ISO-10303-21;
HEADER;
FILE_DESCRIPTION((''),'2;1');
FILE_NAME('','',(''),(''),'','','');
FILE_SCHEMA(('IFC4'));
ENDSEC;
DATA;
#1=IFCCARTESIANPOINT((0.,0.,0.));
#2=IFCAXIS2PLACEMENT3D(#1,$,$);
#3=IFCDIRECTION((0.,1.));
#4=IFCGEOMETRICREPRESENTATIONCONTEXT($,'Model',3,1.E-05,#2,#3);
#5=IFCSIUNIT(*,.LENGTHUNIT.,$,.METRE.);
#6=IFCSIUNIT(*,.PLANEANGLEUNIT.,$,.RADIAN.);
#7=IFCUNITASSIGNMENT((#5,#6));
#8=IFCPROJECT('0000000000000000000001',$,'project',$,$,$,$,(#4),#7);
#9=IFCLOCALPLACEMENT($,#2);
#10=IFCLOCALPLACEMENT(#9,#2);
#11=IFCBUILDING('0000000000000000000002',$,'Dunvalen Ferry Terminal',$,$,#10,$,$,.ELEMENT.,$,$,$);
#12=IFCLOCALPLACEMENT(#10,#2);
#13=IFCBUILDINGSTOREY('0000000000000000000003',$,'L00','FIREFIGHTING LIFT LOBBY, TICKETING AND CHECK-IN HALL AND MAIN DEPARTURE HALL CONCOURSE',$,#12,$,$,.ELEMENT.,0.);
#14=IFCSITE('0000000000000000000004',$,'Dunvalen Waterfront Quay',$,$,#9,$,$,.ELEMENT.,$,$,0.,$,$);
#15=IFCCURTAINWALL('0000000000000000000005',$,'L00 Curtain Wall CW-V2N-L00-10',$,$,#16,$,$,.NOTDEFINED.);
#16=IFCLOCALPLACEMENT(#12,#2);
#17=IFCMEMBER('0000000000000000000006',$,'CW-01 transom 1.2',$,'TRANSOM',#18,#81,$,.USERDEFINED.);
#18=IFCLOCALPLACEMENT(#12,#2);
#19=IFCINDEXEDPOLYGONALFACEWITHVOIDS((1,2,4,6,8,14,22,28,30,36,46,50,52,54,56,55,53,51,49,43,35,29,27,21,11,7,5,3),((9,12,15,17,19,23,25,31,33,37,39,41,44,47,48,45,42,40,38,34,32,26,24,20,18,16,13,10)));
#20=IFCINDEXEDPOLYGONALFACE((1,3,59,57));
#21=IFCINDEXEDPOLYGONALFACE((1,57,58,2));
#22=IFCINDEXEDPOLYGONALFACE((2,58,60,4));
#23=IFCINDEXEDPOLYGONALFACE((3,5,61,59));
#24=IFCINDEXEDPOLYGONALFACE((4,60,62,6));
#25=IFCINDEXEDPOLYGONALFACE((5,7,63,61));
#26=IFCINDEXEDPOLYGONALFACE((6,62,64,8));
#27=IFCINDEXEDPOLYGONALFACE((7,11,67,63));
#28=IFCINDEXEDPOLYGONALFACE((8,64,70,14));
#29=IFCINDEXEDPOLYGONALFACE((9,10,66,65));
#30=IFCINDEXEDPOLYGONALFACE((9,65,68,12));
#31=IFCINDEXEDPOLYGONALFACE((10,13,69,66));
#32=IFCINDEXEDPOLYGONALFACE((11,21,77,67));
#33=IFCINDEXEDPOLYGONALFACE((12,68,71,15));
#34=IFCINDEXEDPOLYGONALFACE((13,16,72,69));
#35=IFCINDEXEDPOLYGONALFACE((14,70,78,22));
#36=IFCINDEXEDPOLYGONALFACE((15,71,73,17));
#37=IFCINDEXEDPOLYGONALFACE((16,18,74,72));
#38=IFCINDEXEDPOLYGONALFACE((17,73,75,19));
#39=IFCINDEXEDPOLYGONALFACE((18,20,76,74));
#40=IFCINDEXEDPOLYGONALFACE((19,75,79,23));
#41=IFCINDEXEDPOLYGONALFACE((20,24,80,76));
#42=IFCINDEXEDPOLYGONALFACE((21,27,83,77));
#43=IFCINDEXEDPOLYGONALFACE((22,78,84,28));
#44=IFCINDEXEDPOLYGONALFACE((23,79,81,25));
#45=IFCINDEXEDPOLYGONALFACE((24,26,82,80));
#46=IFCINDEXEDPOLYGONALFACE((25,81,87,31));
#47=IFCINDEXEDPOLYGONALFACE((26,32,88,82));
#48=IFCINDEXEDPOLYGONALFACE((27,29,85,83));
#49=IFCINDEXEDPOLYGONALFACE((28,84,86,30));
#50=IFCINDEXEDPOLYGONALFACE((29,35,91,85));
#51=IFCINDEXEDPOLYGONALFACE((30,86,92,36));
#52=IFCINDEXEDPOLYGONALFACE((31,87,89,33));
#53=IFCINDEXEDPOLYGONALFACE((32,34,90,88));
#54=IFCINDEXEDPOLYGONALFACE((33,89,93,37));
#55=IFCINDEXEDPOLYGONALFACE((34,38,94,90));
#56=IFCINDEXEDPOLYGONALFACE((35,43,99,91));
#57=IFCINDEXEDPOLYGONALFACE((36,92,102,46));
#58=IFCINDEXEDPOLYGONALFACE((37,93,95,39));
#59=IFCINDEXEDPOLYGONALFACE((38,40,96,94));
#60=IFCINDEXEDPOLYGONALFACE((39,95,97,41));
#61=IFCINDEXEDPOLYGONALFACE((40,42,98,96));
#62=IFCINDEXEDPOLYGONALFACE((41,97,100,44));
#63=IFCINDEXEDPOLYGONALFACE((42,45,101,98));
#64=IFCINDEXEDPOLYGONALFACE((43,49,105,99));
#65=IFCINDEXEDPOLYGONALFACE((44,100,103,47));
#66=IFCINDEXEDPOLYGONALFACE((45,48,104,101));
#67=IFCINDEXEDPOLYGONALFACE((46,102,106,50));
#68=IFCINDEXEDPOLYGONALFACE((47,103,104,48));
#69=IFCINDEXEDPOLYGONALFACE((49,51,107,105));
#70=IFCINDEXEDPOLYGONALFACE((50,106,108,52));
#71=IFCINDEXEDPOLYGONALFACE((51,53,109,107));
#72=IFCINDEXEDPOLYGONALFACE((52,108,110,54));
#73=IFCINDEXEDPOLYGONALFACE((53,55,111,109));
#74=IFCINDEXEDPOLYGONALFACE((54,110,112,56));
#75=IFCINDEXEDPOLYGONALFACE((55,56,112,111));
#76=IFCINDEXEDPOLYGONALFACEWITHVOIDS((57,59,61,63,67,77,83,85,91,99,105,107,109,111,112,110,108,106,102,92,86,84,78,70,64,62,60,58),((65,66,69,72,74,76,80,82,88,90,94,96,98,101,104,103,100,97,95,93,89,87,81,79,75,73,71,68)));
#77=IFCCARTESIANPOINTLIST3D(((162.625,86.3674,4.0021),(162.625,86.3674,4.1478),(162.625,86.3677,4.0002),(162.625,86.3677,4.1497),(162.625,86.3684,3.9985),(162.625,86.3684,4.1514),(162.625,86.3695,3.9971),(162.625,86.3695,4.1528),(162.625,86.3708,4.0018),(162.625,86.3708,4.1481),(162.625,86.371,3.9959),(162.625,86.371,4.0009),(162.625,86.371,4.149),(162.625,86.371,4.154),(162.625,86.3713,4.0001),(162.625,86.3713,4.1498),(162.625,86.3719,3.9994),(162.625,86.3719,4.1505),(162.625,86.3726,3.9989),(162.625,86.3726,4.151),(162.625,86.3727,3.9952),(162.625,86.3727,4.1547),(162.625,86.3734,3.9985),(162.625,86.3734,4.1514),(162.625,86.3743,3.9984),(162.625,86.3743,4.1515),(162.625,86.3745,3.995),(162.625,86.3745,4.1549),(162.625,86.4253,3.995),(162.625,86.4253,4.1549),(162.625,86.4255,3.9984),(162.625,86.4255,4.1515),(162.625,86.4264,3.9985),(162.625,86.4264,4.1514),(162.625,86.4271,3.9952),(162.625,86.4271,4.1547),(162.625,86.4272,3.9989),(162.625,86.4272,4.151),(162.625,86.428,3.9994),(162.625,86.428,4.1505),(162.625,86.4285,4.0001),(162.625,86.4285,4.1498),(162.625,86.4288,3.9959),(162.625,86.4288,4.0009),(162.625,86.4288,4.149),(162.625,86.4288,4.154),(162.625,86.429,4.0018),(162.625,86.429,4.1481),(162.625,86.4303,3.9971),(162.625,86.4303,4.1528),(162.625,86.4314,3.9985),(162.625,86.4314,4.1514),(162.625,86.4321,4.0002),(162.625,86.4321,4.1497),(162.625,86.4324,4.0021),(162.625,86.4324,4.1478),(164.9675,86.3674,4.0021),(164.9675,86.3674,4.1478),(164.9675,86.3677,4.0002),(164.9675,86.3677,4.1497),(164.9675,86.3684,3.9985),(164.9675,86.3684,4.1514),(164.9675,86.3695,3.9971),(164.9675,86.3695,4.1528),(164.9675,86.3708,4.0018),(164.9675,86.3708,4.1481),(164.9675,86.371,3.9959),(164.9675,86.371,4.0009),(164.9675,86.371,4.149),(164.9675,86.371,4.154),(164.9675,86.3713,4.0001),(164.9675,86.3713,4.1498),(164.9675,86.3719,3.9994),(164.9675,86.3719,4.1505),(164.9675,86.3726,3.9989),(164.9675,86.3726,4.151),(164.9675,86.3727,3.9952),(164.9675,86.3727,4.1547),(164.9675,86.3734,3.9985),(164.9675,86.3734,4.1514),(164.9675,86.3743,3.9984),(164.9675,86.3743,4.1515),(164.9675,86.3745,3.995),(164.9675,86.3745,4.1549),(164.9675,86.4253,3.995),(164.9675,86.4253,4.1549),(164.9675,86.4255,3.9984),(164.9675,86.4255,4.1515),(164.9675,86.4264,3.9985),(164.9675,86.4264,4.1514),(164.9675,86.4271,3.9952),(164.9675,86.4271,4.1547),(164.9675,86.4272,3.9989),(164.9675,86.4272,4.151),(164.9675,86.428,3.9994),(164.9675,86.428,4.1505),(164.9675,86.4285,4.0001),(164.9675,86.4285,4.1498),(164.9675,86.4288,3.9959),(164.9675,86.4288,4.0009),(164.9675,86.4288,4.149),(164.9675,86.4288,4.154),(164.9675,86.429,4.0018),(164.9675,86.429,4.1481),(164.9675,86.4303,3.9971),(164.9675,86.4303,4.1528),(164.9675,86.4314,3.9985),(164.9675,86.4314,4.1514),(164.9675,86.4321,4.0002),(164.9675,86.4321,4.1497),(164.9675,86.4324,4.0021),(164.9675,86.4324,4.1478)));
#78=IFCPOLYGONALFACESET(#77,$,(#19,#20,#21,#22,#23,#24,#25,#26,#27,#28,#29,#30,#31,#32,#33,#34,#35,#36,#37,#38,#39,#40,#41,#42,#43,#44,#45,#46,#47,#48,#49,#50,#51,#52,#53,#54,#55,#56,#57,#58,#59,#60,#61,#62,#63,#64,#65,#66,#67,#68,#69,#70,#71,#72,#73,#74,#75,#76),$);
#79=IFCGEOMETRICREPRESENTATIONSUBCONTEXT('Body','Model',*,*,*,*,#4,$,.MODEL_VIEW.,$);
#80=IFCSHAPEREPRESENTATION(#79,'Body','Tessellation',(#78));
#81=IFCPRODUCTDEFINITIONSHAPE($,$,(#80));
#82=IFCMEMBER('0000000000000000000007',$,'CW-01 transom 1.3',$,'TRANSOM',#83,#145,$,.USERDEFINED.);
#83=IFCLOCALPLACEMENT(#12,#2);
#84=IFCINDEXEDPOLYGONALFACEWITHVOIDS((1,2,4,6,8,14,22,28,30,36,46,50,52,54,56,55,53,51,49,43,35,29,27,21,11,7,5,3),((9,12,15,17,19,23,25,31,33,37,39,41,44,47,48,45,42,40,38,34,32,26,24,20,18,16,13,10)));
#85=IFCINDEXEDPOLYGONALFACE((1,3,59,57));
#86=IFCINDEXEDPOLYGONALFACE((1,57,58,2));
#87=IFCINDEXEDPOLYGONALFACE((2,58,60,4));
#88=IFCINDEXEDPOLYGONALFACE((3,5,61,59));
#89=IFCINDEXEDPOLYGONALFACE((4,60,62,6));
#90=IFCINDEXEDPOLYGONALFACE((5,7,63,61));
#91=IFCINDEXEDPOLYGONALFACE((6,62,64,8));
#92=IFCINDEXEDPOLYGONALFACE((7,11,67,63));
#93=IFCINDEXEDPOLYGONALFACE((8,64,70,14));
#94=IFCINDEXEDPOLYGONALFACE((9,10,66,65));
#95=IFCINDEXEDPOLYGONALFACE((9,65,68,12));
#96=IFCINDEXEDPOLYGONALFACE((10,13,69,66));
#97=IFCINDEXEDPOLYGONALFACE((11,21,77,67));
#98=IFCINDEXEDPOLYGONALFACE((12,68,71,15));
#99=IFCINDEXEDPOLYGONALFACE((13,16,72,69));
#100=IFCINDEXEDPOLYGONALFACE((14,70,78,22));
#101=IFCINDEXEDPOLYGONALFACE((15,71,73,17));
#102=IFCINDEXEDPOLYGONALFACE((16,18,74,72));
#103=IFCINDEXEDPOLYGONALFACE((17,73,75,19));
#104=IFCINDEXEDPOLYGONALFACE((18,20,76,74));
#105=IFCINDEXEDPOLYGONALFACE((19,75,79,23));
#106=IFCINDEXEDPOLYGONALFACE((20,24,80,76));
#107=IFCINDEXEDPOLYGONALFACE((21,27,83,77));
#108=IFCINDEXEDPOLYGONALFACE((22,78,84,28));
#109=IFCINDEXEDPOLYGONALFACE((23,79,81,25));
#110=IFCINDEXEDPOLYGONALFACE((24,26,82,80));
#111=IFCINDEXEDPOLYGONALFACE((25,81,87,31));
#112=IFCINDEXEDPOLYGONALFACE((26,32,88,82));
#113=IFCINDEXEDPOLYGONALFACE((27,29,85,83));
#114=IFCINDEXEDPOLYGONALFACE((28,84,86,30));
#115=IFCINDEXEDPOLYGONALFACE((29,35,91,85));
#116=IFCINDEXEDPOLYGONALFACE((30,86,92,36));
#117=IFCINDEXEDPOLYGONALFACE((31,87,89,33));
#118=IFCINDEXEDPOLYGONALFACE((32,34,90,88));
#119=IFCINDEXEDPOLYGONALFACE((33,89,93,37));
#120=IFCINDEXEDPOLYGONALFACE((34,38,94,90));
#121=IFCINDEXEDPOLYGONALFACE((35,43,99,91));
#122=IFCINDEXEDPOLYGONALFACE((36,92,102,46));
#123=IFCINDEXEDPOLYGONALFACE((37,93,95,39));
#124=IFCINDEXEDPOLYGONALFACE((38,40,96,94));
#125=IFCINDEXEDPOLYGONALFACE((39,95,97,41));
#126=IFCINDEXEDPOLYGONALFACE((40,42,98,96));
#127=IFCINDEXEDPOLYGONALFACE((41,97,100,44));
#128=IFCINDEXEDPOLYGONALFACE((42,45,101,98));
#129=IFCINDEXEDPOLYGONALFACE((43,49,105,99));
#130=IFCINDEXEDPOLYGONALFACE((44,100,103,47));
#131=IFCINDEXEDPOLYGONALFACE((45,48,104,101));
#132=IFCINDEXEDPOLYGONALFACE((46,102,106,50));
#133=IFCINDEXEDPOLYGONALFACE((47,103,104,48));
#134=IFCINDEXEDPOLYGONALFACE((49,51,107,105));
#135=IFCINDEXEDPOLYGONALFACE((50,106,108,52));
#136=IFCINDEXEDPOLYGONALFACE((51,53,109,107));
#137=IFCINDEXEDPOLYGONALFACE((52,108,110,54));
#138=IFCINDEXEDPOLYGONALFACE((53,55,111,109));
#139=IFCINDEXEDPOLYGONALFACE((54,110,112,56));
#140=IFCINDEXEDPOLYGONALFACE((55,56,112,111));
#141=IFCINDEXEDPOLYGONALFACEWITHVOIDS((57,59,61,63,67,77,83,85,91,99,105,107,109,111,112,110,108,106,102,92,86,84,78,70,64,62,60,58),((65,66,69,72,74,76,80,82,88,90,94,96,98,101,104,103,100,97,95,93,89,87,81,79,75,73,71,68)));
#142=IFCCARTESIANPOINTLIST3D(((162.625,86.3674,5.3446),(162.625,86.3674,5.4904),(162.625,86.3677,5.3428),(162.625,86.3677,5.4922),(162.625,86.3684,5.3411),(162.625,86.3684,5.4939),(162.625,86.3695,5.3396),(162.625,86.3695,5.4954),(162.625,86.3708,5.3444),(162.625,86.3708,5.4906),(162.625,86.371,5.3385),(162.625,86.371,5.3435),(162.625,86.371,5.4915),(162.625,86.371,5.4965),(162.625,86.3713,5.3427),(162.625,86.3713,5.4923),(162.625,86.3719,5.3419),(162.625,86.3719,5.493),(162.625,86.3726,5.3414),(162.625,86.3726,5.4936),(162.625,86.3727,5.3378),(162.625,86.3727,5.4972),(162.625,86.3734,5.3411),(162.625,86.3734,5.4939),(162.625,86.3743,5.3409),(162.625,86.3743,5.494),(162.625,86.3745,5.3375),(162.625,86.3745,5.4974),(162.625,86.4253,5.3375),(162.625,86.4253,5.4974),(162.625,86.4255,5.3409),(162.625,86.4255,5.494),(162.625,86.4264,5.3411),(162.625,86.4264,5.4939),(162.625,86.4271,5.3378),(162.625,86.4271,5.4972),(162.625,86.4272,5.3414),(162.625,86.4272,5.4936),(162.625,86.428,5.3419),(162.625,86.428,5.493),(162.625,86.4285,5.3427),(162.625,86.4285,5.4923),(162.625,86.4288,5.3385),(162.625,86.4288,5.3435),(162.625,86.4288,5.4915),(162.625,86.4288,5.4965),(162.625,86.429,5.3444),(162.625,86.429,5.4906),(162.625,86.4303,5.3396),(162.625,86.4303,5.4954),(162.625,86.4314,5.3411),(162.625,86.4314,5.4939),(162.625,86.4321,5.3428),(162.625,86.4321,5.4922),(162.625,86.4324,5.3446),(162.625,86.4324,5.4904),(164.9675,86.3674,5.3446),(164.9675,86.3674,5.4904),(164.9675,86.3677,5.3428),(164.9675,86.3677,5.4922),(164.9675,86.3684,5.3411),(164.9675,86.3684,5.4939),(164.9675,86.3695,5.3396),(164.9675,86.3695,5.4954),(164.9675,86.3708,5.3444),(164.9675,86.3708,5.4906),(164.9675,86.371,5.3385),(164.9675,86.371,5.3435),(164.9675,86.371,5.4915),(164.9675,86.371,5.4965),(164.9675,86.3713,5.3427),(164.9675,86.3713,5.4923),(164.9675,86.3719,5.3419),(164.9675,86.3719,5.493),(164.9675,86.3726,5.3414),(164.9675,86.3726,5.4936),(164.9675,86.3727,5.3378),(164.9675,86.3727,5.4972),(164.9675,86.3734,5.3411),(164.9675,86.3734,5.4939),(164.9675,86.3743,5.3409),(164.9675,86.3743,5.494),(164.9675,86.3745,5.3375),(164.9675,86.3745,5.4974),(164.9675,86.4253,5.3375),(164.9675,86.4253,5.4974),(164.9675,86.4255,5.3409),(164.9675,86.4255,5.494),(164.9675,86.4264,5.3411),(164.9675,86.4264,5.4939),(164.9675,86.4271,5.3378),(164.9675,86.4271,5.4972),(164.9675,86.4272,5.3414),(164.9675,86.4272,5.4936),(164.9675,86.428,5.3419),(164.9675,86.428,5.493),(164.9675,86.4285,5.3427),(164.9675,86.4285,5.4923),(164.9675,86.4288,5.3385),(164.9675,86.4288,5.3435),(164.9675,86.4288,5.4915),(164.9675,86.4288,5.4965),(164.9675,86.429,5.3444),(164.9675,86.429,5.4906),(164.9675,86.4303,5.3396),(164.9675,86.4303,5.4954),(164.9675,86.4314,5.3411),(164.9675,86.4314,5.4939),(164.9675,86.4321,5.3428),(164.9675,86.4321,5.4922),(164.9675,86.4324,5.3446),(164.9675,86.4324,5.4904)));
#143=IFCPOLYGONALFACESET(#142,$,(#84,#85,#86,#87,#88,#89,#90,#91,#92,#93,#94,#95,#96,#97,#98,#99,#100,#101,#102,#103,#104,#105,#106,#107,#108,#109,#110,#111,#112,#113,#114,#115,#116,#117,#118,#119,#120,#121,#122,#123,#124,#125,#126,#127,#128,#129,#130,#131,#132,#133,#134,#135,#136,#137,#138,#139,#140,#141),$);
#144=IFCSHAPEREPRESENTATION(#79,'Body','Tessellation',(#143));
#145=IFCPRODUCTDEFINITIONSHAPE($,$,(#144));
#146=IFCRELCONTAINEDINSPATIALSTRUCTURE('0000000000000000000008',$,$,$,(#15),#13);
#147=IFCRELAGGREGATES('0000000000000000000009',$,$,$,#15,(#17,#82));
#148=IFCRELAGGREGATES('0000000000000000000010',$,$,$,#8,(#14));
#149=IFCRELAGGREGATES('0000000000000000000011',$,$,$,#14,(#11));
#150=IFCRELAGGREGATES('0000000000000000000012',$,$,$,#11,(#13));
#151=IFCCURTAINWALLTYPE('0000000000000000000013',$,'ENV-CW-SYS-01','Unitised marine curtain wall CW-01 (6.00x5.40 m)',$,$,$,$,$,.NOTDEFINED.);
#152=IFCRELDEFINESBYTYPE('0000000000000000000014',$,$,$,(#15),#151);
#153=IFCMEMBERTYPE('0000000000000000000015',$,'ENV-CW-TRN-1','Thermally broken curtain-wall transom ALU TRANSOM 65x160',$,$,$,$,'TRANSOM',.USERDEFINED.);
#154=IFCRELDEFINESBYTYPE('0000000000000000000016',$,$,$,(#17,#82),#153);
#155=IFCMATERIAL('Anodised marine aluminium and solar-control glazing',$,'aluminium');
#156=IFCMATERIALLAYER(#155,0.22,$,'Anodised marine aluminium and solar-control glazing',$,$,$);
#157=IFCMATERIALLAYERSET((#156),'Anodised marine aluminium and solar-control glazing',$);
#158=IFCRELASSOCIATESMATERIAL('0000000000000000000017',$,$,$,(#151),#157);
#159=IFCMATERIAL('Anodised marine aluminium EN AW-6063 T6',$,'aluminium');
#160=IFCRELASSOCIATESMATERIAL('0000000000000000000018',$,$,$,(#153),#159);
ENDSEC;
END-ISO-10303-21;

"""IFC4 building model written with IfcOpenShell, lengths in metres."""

from ifc_helpers import new_model, si_unit, direction, frame, origin, origin_2d, place, context, subcontext, project, spatial, hollow_rectangle, extrude, material, layer, layer_set, material_profile, profile_set, type_object, element, aggregate, save


model = new_model("IFC4")

# Units and contexts
model_context = context("Model", 3, precision=1e-05, world=origin(), true_north=direction((0.0, 1.0)))
body_context = subcontext(model_context, "Body", "Model", "MODEL_VIEW")
ifc_project = project(units=[si_unit("LENGTHUNIT", "METRE"), si_unit("PLANEANGLEUNIT", "RADIAN")], contexts=[model_context])

# Site, building, storey
site_placement = place(None, origin())
site = spatial("IfcSite", under=ifc_project, at=site_placement, Name="Dunvalen Waterfront Quay", CompositionType="ELEMENT", RefElevation=0.0)
building_placement = place(site_placement, origin())
building = spatial("IfcBuilding", under=site, at=building_placement, Name="Dunvalen Ferry Terminal", CompositionType="ELEMENT")
storey_placement = place(building_placement, origin())
storey = spatial("IfcBuildingStorey", under=building, at=storey_placement, Name="L00", Description="FIREFIGHTING LIFT LOBBY, TICKETING AND CHECK-IN HALL AND MAIN DEPARTURE HALL CONCOURSE", CompositionType="ELEMENT", Elevation=0.0)

# Curtain wall, members
ifc_material_1 = material(Name="Anodised marine aluminium and solar-control glazing", Category="aluminium")
ifc_layer_1 = layer(ifc_material_1, 0.22, Name="Anodised marine aluminium and solar-control glazing")
ifc_layer_set_1 = layer_set([ifc_layer_1], Name="Anodised marine aluminium and solar-control glazing")
curtain_wall_type = type_object("IfcCurtainWallType", Name="ENV-CW-SYS-01", Description="Unitised marine curtain wall CW-01 (6.00x5.40 m)", PredefinedType="NOTDEFINED", material=ifc_layer_set_1)
curtain_wall_placement = place(storey_placement, origin())
curtain_wall = element("IfcCurtainWall", 1, at=curtain_wall_placement, inside=storey, type_object=curtain_wall_type, Name="L00 Curtain Wall CW-V2N-L00-10", PredefinedType="NOTDEFINED")
ifc_material_2 = material(Name="Anodised marine aluminium EN AW-6063 T6", Category="aluminium")
ifc_material_profile_1 = material_profile(ifc_material_2, hollow_rectangle(XDim=0.0649, YDim=0.1599, WallThickness=0.0034, InnerFilletRadius=0.0034, OuterFilletRadius=0.0071, at=origin_2d()), Name="Anodised marine aluminium EN AW-6063 T6")
ifc_profile_set_1 = profile_set([ifc_material_profile_1], Name="Anodised marine aluminium EN AW-6063 T6")
member_type_1 = type_object("IfcMemberType", Name="ENV-CW-TRN-1", Description="Thermally broken curtain-wall transom ALU TRANSOM 65x160", ElementType="TRANSOM", PredefinedType="USERDEFINED", material=ifc_profile_set_1)
member_1_placement = place(storey_placement, frame((162.625, 86.3999, 4.075), z_axis=(1.0, 0.0, 0.0), x_axis=(0.0, 1.0, 0.0)))
member_1 = element("IfcMember", 2, at=member_1_placement, type_object=member_type_1, Name="CW-01 transom 1.2", ObjectType="TRANSOM", PredefinedType="USERDEFINED", context=body_context, shape_type="SweptSolid", body=[
    extrude(hollow_rectangle(XDim=0.0649, YDim=0.1599, WallThickness=0.0034, InnerFilletRadius=0.0034, OuterFilletRadius=0.0071, at=origin_2d()), origin(), (0.0, 0.0, 1.0), 2.3425),
])
member_2_placement = place(storey_placement, frame((162.625, 86.3999, 5.4175), z_axis=(1.0, 0.0, 0.0), x_axis=(0.0, 1.0, 0.0)))
member_2 = element("IfcMember", 3, at=member_2_placement, type_object=member_type_1, Name="CW-01 transom 1.3", ObjectType="TRANSOM", PredefinedType="USERDEFINED", context=body_context, shape_type="SweptSolid", body=[
    extrude(hollow_rectangle(XDim=0.0649, YDim=0.1599, WallThickness=0.0034, InnerFilletRadius=0.0034, OuterFilletRadius=0.0071, at=origin_2d()), origin(), (0.0, 0.0, 1.0), 2.3425),
])
aggregate(curtain_wall, [member_1, member_2])

save(model, "model.ifc")
